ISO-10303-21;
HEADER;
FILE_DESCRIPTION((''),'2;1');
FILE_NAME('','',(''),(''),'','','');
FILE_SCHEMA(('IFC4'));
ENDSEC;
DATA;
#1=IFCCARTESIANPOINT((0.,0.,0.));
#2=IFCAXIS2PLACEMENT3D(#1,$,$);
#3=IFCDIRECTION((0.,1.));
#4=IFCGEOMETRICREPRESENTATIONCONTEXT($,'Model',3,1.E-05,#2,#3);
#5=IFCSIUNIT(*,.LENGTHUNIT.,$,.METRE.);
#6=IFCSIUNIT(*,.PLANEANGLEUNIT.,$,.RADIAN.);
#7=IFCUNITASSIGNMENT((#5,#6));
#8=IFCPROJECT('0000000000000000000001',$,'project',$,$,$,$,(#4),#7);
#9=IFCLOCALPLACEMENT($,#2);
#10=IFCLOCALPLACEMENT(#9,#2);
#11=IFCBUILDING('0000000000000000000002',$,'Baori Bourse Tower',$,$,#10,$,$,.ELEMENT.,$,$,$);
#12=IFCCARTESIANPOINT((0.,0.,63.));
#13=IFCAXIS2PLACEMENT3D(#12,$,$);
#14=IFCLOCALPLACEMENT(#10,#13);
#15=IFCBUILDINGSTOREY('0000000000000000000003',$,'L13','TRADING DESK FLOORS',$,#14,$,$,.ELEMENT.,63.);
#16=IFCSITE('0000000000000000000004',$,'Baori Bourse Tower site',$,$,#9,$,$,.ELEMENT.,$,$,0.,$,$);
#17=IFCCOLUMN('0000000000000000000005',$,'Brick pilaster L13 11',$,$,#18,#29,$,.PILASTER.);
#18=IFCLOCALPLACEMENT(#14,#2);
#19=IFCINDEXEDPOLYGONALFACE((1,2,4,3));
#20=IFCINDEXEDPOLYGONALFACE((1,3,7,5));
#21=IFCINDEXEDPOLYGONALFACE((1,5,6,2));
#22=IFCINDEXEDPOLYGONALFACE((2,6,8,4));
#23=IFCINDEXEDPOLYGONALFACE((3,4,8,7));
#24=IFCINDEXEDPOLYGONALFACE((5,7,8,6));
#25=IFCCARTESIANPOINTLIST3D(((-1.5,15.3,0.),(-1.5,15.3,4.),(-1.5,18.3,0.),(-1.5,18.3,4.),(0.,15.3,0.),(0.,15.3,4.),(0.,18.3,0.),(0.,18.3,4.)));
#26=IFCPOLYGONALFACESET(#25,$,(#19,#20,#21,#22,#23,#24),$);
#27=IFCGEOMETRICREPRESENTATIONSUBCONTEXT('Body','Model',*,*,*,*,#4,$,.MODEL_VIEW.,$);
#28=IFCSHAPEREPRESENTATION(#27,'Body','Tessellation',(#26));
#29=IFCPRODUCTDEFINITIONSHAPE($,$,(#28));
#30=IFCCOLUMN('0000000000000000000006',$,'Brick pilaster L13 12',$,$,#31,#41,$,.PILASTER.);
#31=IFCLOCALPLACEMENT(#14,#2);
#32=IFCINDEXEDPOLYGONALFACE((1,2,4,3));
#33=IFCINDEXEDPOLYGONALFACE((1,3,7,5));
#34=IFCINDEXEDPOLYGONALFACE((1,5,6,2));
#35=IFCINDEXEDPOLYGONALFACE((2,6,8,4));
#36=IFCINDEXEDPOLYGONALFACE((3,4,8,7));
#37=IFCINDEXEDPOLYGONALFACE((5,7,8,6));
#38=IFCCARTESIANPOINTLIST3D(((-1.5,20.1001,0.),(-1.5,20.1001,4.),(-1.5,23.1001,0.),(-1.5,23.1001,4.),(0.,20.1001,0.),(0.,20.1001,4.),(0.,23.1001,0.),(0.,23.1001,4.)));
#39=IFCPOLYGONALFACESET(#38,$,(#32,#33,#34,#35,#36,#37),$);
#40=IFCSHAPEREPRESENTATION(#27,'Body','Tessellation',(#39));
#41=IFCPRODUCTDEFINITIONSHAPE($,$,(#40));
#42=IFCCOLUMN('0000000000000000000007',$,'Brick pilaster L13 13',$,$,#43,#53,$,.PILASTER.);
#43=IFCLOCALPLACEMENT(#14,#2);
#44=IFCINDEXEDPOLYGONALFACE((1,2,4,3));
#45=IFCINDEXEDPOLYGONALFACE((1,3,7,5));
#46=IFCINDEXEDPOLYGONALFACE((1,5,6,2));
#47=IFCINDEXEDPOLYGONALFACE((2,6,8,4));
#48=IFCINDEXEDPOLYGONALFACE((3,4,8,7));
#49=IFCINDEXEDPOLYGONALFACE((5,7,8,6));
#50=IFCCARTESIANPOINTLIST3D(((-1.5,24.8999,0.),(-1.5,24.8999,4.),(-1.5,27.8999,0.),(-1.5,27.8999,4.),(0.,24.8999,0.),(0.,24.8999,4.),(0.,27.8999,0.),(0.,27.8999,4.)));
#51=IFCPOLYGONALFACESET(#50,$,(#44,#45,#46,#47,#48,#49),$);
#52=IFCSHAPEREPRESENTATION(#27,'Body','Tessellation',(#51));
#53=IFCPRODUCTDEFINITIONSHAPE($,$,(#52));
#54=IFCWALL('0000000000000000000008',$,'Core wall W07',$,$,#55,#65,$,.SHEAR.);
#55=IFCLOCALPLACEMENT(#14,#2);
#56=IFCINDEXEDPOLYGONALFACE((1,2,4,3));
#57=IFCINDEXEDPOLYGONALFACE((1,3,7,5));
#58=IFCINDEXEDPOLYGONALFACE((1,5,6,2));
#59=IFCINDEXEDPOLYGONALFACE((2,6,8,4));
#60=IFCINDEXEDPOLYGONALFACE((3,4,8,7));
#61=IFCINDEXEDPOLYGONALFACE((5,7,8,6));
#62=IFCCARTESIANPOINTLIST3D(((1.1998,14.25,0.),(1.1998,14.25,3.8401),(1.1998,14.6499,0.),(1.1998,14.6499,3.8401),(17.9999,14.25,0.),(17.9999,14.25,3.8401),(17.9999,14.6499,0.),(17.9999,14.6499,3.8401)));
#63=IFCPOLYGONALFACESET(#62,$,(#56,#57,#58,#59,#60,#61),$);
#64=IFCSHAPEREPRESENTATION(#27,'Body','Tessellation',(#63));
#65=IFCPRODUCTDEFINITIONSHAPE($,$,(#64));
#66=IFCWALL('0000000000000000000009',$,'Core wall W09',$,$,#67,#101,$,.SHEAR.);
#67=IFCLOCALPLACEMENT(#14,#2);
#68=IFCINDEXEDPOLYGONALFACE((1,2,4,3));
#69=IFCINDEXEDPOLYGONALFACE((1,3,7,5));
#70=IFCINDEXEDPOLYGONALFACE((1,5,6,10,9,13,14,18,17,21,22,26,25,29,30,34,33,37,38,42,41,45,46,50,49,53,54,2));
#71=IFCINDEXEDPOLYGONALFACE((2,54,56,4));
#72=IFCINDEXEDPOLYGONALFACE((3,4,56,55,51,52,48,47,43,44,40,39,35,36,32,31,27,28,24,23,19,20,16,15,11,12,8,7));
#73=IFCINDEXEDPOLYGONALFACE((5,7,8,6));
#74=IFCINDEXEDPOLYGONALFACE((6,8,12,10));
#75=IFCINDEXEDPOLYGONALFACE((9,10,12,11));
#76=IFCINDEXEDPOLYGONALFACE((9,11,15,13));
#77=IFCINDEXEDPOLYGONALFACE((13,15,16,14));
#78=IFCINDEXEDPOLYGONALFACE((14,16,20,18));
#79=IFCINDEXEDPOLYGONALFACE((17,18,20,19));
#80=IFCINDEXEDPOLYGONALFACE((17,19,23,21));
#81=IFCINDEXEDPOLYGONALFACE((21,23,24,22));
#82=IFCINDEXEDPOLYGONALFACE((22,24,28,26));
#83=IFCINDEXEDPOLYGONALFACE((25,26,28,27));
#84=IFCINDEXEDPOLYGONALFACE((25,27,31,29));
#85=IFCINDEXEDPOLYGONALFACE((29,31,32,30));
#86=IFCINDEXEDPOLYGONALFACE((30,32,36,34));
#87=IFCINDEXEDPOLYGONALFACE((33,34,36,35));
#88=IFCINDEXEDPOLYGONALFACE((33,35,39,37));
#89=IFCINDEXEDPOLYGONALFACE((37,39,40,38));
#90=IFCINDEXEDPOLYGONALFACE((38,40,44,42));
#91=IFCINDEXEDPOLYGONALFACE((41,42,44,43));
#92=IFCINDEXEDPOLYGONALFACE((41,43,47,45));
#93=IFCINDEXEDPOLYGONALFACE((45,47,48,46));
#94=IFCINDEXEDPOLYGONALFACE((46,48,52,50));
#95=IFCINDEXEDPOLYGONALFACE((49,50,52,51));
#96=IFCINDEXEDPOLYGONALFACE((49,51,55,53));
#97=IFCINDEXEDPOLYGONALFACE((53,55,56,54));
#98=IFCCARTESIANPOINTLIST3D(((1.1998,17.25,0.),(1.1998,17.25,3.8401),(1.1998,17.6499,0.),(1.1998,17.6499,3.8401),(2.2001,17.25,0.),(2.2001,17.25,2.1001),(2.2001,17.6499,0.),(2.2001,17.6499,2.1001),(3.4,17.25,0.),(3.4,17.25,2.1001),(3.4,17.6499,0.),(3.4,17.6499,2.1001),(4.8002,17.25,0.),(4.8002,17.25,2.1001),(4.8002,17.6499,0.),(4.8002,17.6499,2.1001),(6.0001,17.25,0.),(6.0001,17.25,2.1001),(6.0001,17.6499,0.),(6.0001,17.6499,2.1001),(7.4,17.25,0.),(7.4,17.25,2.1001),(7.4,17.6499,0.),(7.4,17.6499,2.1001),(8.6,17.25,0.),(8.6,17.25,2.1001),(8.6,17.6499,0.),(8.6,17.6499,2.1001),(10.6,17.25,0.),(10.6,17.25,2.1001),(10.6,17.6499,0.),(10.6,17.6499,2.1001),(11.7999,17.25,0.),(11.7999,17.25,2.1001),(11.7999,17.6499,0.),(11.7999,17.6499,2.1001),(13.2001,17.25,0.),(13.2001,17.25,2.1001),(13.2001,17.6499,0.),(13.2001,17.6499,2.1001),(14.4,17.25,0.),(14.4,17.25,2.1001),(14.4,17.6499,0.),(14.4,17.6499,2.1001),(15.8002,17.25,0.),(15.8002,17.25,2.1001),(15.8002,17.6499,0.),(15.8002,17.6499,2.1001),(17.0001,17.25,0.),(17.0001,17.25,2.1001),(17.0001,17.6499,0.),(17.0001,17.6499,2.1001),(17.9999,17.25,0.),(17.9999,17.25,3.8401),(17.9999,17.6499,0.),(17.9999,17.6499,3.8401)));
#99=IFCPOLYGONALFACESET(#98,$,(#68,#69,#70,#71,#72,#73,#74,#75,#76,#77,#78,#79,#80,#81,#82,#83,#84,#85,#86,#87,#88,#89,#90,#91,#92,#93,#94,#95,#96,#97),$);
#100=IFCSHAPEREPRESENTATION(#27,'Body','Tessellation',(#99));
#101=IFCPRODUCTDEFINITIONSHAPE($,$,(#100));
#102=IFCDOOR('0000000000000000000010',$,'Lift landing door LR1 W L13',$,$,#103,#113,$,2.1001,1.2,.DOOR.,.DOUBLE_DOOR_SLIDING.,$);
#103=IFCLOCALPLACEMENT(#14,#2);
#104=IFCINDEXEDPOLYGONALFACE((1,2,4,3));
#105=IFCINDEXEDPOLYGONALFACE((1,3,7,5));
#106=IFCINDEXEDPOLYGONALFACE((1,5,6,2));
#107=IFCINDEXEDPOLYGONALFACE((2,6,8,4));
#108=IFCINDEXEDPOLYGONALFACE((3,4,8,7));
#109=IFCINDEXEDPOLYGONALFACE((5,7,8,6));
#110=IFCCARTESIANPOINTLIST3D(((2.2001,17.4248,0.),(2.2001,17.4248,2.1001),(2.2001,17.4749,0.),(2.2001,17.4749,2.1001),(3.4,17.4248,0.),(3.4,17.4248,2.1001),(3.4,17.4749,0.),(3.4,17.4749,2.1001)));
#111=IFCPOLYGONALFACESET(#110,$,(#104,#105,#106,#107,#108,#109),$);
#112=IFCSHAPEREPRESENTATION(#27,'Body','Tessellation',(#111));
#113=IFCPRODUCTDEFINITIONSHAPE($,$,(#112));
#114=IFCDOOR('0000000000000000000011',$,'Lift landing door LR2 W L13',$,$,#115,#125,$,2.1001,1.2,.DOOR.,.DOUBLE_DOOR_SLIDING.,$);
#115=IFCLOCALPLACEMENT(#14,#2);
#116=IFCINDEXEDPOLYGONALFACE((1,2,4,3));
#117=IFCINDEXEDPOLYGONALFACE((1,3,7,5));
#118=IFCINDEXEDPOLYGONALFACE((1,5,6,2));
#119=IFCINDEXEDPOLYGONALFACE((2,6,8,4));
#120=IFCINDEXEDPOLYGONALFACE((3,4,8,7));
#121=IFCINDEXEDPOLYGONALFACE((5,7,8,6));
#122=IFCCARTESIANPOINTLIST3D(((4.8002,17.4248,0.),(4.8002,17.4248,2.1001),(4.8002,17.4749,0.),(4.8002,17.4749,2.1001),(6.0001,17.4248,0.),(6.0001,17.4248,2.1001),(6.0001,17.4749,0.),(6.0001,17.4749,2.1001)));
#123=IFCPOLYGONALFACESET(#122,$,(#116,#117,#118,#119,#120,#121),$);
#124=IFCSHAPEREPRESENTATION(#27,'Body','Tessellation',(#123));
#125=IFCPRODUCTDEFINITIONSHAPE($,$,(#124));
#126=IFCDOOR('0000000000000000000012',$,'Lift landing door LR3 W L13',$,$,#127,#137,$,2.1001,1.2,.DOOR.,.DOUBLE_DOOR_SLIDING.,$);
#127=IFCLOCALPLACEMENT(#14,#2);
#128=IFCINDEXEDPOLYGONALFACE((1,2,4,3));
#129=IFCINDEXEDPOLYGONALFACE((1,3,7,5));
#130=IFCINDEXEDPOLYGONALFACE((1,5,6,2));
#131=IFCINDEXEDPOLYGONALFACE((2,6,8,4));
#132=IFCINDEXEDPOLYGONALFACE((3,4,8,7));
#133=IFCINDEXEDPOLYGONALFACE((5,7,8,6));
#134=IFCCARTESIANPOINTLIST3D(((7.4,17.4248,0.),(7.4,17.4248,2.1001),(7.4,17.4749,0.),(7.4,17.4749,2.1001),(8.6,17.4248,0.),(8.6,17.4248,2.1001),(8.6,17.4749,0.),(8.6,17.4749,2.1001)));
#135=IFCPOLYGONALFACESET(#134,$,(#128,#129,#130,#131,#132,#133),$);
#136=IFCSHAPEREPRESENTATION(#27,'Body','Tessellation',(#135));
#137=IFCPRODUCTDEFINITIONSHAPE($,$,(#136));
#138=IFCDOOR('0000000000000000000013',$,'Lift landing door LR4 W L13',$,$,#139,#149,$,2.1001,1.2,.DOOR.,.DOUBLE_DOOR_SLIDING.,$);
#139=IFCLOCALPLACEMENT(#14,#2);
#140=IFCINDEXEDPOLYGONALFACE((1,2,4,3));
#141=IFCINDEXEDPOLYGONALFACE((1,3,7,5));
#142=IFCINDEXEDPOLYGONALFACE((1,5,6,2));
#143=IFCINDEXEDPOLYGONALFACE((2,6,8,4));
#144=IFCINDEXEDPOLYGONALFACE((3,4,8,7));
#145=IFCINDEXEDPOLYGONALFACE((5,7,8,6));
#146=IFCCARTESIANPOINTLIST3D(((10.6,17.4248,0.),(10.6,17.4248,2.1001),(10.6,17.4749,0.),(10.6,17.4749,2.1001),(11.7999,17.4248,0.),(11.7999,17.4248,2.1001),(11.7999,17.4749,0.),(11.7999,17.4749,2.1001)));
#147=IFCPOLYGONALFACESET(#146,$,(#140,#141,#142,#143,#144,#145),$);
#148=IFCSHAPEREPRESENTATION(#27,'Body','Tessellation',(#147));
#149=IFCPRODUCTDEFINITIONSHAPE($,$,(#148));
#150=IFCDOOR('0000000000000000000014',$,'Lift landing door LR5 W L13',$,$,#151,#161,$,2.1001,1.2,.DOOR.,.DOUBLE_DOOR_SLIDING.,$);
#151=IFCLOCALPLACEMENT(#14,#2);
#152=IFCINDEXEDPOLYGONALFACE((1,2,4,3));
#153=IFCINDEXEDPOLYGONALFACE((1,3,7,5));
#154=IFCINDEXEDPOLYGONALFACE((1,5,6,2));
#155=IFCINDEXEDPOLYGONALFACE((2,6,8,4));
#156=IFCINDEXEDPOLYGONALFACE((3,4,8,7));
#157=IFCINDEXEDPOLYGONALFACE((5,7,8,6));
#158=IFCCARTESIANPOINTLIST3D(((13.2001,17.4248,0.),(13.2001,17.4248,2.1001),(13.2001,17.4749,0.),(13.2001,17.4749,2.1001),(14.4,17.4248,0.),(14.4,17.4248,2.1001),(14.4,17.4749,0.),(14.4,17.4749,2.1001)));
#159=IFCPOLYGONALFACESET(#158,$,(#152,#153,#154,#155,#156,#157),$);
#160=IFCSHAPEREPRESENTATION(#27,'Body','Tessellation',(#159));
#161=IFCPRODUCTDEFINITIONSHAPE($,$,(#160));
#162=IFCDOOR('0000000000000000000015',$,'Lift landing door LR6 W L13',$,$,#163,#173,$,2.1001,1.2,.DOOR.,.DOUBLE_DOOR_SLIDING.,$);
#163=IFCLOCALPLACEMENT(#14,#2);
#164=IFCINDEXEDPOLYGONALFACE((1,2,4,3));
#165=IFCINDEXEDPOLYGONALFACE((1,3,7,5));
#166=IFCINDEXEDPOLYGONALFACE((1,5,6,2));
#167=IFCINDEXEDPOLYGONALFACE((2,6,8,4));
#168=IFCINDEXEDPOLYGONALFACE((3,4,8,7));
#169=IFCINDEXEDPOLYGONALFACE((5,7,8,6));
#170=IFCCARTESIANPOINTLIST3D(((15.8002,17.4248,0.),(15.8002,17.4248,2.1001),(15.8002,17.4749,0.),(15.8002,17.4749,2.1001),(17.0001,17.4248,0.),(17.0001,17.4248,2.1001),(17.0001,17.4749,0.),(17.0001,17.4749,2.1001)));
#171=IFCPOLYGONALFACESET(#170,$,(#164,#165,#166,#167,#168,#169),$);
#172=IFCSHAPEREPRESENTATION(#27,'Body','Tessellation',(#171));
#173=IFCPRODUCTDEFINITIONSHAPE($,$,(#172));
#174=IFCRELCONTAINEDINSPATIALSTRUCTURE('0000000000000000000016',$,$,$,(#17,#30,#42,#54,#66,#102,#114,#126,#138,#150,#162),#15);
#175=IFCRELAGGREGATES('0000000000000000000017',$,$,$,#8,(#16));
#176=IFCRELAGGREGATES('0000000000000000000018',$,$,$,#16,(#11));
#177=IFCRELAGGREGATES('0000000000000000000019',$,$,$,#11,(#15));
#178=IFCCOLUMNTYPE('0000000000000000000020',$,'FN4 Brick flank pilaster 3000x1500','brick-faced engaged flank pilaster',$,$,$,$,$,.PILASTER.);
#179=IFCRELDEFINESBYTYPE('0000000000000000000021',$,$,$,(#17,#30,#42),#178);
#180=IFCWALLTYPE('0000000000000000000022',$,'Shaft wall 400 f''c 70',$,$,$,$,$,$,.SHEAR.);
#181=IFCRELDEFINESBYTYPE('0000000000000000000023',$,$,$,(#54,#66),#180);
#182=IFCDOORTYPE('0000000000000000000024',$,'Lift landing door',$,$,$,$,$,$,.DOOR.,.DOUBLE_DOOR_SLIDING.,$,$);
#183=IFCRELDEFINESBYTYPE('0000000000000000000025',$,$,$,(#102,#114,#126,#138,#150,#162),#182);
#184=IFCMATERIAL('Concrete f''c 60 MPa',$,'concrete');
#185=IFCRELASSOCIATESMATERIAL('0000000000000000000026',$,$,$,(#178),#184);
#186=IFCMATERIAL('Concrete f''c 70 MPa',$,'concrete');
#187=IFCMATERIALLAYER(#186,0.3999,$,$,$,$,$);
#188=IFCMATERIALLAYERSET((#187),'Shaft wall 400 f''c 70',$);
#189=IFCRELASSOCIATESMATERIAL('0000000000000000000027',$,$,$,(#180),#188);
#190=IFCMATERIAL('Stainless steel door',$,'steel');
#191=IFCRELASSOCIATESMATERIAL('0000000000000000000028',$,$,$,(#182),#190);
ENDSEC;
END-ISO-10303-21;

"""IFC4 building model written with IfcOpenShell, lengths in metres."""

from ifc_helpers import new_model, si_unit, direction, frame, frame_2d, origin, origin_2d, place, context, subcontext, project, spatial, rectangle, extrude, material, layer, layer_set, material_profile, profile_set, type_object, element, fill, save


model = new_model("IFC4")

# Units and contexts
model_context = context("Model", 3, precision=1e-05, world=origin(), true_north=direction((0.0, 1.0)))
body_context = subcontext(model_context, "Body", "Model", "MODEL_VIEW")
ifc_project = project(units=[si_unit("LENGTHUNIT", "METRE"), si_unit("PLANEANGLEUNIT", "RADIAN")], contexts=[model_context])

# Site, building, storey
site_placement = place(None, origin())
site = spatial("IfcSite", under=ifc_project, at=site_placement, Name="Baori Bourse Tower site", CompositionType="ELEMENT", RefElevation=0.0)
building_placement = place(site_placement, origin())
building = spatial("IfcBuilding", under=site, at=building_placement, Name="Baori Bourse Tower", CompositionType="ELEMENT")
storey_placement = place(building_placement, frame((0.0, 0.0, 63.0)))
storey = spatial("IfcBuildingStorey", under=building, at=storey_placement, Name="L13", Description="TRADING DESK FLOORS", CompositionType="ELEMENT", Elevation=63.0)

# Columns
ifc_material_1 = material(Name="Concrete f'c 60 MPa", Category="concrete")
ifc_material_profile = material_profile(ifc_material_1, rectangle(XDim=3.0, YDim=1.5, at=origin_2d()), Name="RC 3000x1500")
ifc_profile_set = profile_set([ifc_material_profile], Name="Concrete f'c 60 MPa")
column_type = type_object("IfcColumnType", Name="FN4 Brick flank pilaster 3000x1500", Description="brick-faced engaged flank pilaster", PredefinedType="PILASTER", material=ifc_profile_set)
for number, where, z_axis, x_axis, name in (
    (1, (-0.75, 16.8, 0.0), (0.0, 0.0, 1.0), (0.0, 1.0, 0.0), "Brick pilaster L13 11"),
    (2, (-0.75, 21.6001, 0.0), (0.0, 0.0, 1.0), (0.0, 1.0, 0.0), "Brick pilaster L13 12"),
    (3, (-0.75, 26.3999, 0.0), (0.0, 0.0, 1.0), (0.0, 1.0, 0.0), "Brick pilaster L13 13"),
):
    element("IfcColumn", number, at=place(storey_placement, frame(where, z_axis=z_axis, x_axis=x_axis)), inside=storey, type_object=column_type, Name=name, PredefinedType="PILASTER", context=body_context, shape_type="SweptSolid", body=[
        extrude(rectangle(XDim=3.0, YDim=1.5, at=origin_2d()), origin(), (0.0, 0.0, 1.0), 4.0),
    ])

# Wall
ifc_material_2 = material(Name="Concrete f'c 70 MPa", Category="concrete")
ifc_layer_1 = layer(ifc_material_2, 0.3999)
ifc_layer_set_1 = layer_set([ifc_layer_1], Name="Shaft wall 400 f'c 70")
wall_type_1 = type_object("IfcWallType", Name="Shaft wall 400 f'c 70", PredefinedType="SHEAR", material=ifc_layer_set_1)
wall_1_placement = place(storey_placement, frame((1.2, 14.45, 0.0), z_axis=(0.0, 0.0, 1.0), x_axis=(1.0, 0.0, 0.0)))
element("IfcWall", 4, at=wall_1_placement, inside=storey, type_object=wall_type_1, Name="Core wall W07", PredefinedType="SHEAR", context=body_context, shape_type="SweptSolid", body=[
    extrude(rectangle(XDim=16.8, YDim=0.3999, at=frame_2d((8.3999, 0.0))), origin(), (0.0, 0.0, 1.0), 3.8401),
])

# Wall, openings, doors
wall_2_placement = place(storey_placement, frame((1.2, 17.45, 0.0), z_axis=(0.0, 0.0, 1.0), x_axis=(1.0, 0.0, 0.0)))
wall_2 = element("IfcWall", 5, at=wall_2_placement, inside=storey, type_object=wall_type_1, Name="Core wall W09", PredefinedType="SHEAR", context=body_context, shape_type="SweptSolid", body=[
    extrude(rectangle(XDim=16.8, YDim=0.3999, at=frame_2d((8.3999, 0.0))), origin(), (0.0, 0.0, 1.0), 3.8401),
])
opening_1_placement = place(wall_2_placement, frame((1.0, 0.0, 0.0)))
opening_1 = element("IfcOpeningElement", 6, at=opening_1_placement, cuts=wall_2, PredefinedType="OPENING", context=body_context, shape_type="SweptSolid", body=[
    extrude(rectangle(XDim=1.2, YDim=2.1001, at=frame_2d((0.6001, 1.05))), frame((0.0, 0.21, 0.0), z_axis=(0.0, -1.0, 0.0), x_axis=(1.0, 0.0, 0.0)), (0.0, 0.0, 1.0), 0.4199),
])
opening_2_placement = place(wall_2_placement, frame((3.6001, 0.0, 0.0)))
opening_2 = element("IfcOpeningElement", 7, at=opening_2_placement, cuts=wall_2, PredefinedType="OPENING", context=body_context, shape_type="SweptSolid", body=[
    extrude(rectangle(XDim=1.2, YDim=2.1001, at=frame_2d((0.6001, 1.05))), frame((0.0, 0.21, 0.0), z_axis=(0.0, -1.0, 0.0), x_axis=(1.0, 0.0, 0.0)), (0.0, 0.0, 1.0), 0.4199),
])
opening_3_placement = place(wall_2_placement, frame((6.2, 0.0, 0.0)))
opening_3 = element("IfcOpeningElement", 8, at=opening_3_placement, cuts=wall_2, PredefinedType="OPENING", context=body_context, shape_type="SweptSolid", body=[
    extrude(rectangle(XDim=1.2, YDim=2.1001, at=frame_2d((0.6001, 1.05))), frame((0.0, 0.21, 0.0), z_axis=(0.0, -1.0, 0.0), x_axis=(1.0, 0.0, 0.0)), (0.0, 0.0, 1.0), 0.4199),
])
opening_4_placement = place(wall_2_placement, frame((9.3999, 0.0, 0.0)))
opening_4 = element("IfcOpeningElement", 9, at=opening_4_placement, cuts=wall_2, PredefinedType="OPENING", context=body_context, shape_type="SweptSolid", body=[
    extrude(rectangle(XDim=1.2, YDim=2.1001, at=frame_2d((0.6001, 1.05))), frame((0.0, 0.21, 0.0), z_axis=(0.0, -1.0, 0.0), x_axis=(1.0, 0.0, 0.0)), (0.0, 0.0, 1.0), 0.4199),
])
opening_5_placement = place(wall_2_placement, frame((12.0, 0.0, 0.0)))
opening_5 = element("IfcOpeningElement", 10, at=opening_5_placement, cuts=wall_2, PredefinedType="OPENING", context=body_context, shape_type="SweptSolid", body=[
    extrude(rectangle(XDim=1.2, YDim=2.1001, at=frame_2d((0.6001, 1.05))), frame((0.0, 0.21, 0.0), z_axis=(0.0, -1.0, 0.0), x_axis=(1.0, 0.0, 0.0)), (0.0, 0.0, 1.0), 0.4199),
])
opening_6_placement = place(wall_2_placement, frame((14.6001, 0.0, 0.0)))
opening_6 = element("IfcOpeningElement", 11, at=opening_6_placement, cuts=wall_2, PredefinedType="OPENING", context=body_context, shape_type="SweptSolid", body=[
    extrude(rectangle(XDim=1.2, YDim=2.1001, at=frame_2d((0.6001, 1.05))), frame((0.0, 0.21, 0.0), z_axis=(0.0, -1.0, 0.0), x_axis=(1.0, 0.0, 0.0)), (0.0, 0.0, 1.0), 0.4199),
])
ifc_material_3 = material(Name="Stainless steel door", Category="steel")
door_type_1 = type_object("IfcDoorType", Name="Lift landing door", OperationType="DOUBLE_DOOR_SLIDING", PredefinedType="DOOR", material=ifc_material_3)
door_1_placement = place(opening_1_placement, origin())
door_1 = element("IfcDoor", 12, at=door_1_placement, inside=storey, type_object=door_type_1, Name="Lift landing door LR1 W L13", OperationType="DOUBLE_DOOR_SLIDING", OverallHeight=2.1001, OverallWidth=1.2, PredefinedType="DOOR", context=body_context, shape_type="SweptSolid", body=[
    extrude(rectangle(XDim=1.2, YDim=2.1001, at=frame_2d((0.6001, 1.05))), frame((0.0, 0.0249, 0.0), z_axis=(0.0, -1.0, 0.0), x_axis=(1.0, 0.0, 0.0)), (0.0, 0.0, 1.0), 0.05),
])
fill(opening_1, door_1)
door_2_placement = place(opening_2_placement, origin())
door_2 = element("IfcDoor", 13, at=door_2_placement, inside=storey, type_object=door_type_1, Name="Lift landing door LR2 W L13", OperationType="DOUBLE_DOOR_SLIDING", OverallHeight=2.1001, OverallWidth=1.2, PredefinedType="DOOR", context=body_context, shape_type="SweptSolid", body=[
    extrude(rectangle(XDim=1.2, YDim=2.1001, at=frame_2d((0.6001, 1.05))), frame((0.0, 0.0249, 0.0), z_axis=(0.0, -1.0, 0.0), x_axis=(1.0, 0.0, 0.0)), (0.0, 0.0, 1.0), 0.05),
])
fill(opening_2, door_2)
door_3_placement = place(opening_3_placement, origin())
door_3 = element("IfcDoor", 14, at=door_3_placement, inside=storey, type_object=door_type_1, Name="Lift landing door LR3 W L13", OperationType="DOUBLE_DOOR_SLIDING", OverallHeight=2.1001, OverallWidth=1.2, PredefinedType="DOOR", context=body_context, shape_type="SweptSolid", body=[
    extrude(rectangle(XDim=1.2, YDim=2.1001, at=frame_2d((0.6001, 1.05))), frame((0.0, 0.0249, 0.0), z_axis=(0.0, -1.0, 0.0), x_axis=(1.0, 0.0, 0.0)), (0.0, 0.0, 1.0), 0.05),
])
fill(opening_3, door_3)
door_4_placement = place(opening_4_placement, origin())
door_4 = element("IfcDoor", 15, at=door_4_placement, inside=storey, type_object=door_type_1, Name="Lift landing door LR4 W L13", OperationType="DOUBLE_DOOR_SLIDING", OverallHeight=2.1001, OverallWidth=1.2, PredefinedType="DOOR", context=body_context, shape_type="SweptSolid", body=[
    extrude(rectangle(XDim=1.2, YDim=2.1001, at=frame_2d((0.6001, 1.05))), frame((0.0, 0.0249, 0.0), z_axis=(0.0, -1.0, 0.0), x_axis=(1.0, 0.0, 0.0)), (0.0, 0.0, 1.0), 0.05),
])
fill(opening_4, door_4)
door_5_placement = place(opening_5_placement, origin())
door_5 = element("IfcDoor", 16, at=door_5_placement, inside=storey, type_object=door_type_1, Name="Lift landing door LR5 W L13", OperationType="DOUBLE_DOOR_SLIDING", OverallHeight=2.1001, OverallWidth=1.2, PredefinedType="DOOR", context=body_context, shape_type="SweptSolid", body=[
    extrude(rectangle(XDim=1.2, YDim=2.1001, at=frame_2d((0.6001, 1.05))), frame((0.0, 0.0249, 0.0), z_axis=(0.0, -1.0, 0.0), x_axis=(1.0, 0.0, 0.0)), (0.0, 0.0, 1.0), 0.05),
])
fill(opening_5, door_5)
door_6_placement = place(opening_6_placement, origin())
door_6 = element("IfcDoor", 17, at=door_6_placement, inside=storey, type_object=door_type_1, Name="Lift landing door LR6 W L13", OperationType="DOUBLE_DOOR_SLIDING", OverallHeight=2.1001, OverallWidth=1.2, PredefinedType="DOOR", context=body_context, shape_type="SweptSolid", body=[
    extrude(rectangle(XDim=1.2, YDim=2.1001, at=frame_2d((0.6001, 1.05))), frame((0.0, 0.0249, 0.0), z_axis=(0.0, -1.0, 0.0), x_axis=(1.0, 0.0, 0.0)), (0.0, 0.0, 1.0), 0.05),
])
fill(opening_6, door_6)

save(model, "model.ifc")
